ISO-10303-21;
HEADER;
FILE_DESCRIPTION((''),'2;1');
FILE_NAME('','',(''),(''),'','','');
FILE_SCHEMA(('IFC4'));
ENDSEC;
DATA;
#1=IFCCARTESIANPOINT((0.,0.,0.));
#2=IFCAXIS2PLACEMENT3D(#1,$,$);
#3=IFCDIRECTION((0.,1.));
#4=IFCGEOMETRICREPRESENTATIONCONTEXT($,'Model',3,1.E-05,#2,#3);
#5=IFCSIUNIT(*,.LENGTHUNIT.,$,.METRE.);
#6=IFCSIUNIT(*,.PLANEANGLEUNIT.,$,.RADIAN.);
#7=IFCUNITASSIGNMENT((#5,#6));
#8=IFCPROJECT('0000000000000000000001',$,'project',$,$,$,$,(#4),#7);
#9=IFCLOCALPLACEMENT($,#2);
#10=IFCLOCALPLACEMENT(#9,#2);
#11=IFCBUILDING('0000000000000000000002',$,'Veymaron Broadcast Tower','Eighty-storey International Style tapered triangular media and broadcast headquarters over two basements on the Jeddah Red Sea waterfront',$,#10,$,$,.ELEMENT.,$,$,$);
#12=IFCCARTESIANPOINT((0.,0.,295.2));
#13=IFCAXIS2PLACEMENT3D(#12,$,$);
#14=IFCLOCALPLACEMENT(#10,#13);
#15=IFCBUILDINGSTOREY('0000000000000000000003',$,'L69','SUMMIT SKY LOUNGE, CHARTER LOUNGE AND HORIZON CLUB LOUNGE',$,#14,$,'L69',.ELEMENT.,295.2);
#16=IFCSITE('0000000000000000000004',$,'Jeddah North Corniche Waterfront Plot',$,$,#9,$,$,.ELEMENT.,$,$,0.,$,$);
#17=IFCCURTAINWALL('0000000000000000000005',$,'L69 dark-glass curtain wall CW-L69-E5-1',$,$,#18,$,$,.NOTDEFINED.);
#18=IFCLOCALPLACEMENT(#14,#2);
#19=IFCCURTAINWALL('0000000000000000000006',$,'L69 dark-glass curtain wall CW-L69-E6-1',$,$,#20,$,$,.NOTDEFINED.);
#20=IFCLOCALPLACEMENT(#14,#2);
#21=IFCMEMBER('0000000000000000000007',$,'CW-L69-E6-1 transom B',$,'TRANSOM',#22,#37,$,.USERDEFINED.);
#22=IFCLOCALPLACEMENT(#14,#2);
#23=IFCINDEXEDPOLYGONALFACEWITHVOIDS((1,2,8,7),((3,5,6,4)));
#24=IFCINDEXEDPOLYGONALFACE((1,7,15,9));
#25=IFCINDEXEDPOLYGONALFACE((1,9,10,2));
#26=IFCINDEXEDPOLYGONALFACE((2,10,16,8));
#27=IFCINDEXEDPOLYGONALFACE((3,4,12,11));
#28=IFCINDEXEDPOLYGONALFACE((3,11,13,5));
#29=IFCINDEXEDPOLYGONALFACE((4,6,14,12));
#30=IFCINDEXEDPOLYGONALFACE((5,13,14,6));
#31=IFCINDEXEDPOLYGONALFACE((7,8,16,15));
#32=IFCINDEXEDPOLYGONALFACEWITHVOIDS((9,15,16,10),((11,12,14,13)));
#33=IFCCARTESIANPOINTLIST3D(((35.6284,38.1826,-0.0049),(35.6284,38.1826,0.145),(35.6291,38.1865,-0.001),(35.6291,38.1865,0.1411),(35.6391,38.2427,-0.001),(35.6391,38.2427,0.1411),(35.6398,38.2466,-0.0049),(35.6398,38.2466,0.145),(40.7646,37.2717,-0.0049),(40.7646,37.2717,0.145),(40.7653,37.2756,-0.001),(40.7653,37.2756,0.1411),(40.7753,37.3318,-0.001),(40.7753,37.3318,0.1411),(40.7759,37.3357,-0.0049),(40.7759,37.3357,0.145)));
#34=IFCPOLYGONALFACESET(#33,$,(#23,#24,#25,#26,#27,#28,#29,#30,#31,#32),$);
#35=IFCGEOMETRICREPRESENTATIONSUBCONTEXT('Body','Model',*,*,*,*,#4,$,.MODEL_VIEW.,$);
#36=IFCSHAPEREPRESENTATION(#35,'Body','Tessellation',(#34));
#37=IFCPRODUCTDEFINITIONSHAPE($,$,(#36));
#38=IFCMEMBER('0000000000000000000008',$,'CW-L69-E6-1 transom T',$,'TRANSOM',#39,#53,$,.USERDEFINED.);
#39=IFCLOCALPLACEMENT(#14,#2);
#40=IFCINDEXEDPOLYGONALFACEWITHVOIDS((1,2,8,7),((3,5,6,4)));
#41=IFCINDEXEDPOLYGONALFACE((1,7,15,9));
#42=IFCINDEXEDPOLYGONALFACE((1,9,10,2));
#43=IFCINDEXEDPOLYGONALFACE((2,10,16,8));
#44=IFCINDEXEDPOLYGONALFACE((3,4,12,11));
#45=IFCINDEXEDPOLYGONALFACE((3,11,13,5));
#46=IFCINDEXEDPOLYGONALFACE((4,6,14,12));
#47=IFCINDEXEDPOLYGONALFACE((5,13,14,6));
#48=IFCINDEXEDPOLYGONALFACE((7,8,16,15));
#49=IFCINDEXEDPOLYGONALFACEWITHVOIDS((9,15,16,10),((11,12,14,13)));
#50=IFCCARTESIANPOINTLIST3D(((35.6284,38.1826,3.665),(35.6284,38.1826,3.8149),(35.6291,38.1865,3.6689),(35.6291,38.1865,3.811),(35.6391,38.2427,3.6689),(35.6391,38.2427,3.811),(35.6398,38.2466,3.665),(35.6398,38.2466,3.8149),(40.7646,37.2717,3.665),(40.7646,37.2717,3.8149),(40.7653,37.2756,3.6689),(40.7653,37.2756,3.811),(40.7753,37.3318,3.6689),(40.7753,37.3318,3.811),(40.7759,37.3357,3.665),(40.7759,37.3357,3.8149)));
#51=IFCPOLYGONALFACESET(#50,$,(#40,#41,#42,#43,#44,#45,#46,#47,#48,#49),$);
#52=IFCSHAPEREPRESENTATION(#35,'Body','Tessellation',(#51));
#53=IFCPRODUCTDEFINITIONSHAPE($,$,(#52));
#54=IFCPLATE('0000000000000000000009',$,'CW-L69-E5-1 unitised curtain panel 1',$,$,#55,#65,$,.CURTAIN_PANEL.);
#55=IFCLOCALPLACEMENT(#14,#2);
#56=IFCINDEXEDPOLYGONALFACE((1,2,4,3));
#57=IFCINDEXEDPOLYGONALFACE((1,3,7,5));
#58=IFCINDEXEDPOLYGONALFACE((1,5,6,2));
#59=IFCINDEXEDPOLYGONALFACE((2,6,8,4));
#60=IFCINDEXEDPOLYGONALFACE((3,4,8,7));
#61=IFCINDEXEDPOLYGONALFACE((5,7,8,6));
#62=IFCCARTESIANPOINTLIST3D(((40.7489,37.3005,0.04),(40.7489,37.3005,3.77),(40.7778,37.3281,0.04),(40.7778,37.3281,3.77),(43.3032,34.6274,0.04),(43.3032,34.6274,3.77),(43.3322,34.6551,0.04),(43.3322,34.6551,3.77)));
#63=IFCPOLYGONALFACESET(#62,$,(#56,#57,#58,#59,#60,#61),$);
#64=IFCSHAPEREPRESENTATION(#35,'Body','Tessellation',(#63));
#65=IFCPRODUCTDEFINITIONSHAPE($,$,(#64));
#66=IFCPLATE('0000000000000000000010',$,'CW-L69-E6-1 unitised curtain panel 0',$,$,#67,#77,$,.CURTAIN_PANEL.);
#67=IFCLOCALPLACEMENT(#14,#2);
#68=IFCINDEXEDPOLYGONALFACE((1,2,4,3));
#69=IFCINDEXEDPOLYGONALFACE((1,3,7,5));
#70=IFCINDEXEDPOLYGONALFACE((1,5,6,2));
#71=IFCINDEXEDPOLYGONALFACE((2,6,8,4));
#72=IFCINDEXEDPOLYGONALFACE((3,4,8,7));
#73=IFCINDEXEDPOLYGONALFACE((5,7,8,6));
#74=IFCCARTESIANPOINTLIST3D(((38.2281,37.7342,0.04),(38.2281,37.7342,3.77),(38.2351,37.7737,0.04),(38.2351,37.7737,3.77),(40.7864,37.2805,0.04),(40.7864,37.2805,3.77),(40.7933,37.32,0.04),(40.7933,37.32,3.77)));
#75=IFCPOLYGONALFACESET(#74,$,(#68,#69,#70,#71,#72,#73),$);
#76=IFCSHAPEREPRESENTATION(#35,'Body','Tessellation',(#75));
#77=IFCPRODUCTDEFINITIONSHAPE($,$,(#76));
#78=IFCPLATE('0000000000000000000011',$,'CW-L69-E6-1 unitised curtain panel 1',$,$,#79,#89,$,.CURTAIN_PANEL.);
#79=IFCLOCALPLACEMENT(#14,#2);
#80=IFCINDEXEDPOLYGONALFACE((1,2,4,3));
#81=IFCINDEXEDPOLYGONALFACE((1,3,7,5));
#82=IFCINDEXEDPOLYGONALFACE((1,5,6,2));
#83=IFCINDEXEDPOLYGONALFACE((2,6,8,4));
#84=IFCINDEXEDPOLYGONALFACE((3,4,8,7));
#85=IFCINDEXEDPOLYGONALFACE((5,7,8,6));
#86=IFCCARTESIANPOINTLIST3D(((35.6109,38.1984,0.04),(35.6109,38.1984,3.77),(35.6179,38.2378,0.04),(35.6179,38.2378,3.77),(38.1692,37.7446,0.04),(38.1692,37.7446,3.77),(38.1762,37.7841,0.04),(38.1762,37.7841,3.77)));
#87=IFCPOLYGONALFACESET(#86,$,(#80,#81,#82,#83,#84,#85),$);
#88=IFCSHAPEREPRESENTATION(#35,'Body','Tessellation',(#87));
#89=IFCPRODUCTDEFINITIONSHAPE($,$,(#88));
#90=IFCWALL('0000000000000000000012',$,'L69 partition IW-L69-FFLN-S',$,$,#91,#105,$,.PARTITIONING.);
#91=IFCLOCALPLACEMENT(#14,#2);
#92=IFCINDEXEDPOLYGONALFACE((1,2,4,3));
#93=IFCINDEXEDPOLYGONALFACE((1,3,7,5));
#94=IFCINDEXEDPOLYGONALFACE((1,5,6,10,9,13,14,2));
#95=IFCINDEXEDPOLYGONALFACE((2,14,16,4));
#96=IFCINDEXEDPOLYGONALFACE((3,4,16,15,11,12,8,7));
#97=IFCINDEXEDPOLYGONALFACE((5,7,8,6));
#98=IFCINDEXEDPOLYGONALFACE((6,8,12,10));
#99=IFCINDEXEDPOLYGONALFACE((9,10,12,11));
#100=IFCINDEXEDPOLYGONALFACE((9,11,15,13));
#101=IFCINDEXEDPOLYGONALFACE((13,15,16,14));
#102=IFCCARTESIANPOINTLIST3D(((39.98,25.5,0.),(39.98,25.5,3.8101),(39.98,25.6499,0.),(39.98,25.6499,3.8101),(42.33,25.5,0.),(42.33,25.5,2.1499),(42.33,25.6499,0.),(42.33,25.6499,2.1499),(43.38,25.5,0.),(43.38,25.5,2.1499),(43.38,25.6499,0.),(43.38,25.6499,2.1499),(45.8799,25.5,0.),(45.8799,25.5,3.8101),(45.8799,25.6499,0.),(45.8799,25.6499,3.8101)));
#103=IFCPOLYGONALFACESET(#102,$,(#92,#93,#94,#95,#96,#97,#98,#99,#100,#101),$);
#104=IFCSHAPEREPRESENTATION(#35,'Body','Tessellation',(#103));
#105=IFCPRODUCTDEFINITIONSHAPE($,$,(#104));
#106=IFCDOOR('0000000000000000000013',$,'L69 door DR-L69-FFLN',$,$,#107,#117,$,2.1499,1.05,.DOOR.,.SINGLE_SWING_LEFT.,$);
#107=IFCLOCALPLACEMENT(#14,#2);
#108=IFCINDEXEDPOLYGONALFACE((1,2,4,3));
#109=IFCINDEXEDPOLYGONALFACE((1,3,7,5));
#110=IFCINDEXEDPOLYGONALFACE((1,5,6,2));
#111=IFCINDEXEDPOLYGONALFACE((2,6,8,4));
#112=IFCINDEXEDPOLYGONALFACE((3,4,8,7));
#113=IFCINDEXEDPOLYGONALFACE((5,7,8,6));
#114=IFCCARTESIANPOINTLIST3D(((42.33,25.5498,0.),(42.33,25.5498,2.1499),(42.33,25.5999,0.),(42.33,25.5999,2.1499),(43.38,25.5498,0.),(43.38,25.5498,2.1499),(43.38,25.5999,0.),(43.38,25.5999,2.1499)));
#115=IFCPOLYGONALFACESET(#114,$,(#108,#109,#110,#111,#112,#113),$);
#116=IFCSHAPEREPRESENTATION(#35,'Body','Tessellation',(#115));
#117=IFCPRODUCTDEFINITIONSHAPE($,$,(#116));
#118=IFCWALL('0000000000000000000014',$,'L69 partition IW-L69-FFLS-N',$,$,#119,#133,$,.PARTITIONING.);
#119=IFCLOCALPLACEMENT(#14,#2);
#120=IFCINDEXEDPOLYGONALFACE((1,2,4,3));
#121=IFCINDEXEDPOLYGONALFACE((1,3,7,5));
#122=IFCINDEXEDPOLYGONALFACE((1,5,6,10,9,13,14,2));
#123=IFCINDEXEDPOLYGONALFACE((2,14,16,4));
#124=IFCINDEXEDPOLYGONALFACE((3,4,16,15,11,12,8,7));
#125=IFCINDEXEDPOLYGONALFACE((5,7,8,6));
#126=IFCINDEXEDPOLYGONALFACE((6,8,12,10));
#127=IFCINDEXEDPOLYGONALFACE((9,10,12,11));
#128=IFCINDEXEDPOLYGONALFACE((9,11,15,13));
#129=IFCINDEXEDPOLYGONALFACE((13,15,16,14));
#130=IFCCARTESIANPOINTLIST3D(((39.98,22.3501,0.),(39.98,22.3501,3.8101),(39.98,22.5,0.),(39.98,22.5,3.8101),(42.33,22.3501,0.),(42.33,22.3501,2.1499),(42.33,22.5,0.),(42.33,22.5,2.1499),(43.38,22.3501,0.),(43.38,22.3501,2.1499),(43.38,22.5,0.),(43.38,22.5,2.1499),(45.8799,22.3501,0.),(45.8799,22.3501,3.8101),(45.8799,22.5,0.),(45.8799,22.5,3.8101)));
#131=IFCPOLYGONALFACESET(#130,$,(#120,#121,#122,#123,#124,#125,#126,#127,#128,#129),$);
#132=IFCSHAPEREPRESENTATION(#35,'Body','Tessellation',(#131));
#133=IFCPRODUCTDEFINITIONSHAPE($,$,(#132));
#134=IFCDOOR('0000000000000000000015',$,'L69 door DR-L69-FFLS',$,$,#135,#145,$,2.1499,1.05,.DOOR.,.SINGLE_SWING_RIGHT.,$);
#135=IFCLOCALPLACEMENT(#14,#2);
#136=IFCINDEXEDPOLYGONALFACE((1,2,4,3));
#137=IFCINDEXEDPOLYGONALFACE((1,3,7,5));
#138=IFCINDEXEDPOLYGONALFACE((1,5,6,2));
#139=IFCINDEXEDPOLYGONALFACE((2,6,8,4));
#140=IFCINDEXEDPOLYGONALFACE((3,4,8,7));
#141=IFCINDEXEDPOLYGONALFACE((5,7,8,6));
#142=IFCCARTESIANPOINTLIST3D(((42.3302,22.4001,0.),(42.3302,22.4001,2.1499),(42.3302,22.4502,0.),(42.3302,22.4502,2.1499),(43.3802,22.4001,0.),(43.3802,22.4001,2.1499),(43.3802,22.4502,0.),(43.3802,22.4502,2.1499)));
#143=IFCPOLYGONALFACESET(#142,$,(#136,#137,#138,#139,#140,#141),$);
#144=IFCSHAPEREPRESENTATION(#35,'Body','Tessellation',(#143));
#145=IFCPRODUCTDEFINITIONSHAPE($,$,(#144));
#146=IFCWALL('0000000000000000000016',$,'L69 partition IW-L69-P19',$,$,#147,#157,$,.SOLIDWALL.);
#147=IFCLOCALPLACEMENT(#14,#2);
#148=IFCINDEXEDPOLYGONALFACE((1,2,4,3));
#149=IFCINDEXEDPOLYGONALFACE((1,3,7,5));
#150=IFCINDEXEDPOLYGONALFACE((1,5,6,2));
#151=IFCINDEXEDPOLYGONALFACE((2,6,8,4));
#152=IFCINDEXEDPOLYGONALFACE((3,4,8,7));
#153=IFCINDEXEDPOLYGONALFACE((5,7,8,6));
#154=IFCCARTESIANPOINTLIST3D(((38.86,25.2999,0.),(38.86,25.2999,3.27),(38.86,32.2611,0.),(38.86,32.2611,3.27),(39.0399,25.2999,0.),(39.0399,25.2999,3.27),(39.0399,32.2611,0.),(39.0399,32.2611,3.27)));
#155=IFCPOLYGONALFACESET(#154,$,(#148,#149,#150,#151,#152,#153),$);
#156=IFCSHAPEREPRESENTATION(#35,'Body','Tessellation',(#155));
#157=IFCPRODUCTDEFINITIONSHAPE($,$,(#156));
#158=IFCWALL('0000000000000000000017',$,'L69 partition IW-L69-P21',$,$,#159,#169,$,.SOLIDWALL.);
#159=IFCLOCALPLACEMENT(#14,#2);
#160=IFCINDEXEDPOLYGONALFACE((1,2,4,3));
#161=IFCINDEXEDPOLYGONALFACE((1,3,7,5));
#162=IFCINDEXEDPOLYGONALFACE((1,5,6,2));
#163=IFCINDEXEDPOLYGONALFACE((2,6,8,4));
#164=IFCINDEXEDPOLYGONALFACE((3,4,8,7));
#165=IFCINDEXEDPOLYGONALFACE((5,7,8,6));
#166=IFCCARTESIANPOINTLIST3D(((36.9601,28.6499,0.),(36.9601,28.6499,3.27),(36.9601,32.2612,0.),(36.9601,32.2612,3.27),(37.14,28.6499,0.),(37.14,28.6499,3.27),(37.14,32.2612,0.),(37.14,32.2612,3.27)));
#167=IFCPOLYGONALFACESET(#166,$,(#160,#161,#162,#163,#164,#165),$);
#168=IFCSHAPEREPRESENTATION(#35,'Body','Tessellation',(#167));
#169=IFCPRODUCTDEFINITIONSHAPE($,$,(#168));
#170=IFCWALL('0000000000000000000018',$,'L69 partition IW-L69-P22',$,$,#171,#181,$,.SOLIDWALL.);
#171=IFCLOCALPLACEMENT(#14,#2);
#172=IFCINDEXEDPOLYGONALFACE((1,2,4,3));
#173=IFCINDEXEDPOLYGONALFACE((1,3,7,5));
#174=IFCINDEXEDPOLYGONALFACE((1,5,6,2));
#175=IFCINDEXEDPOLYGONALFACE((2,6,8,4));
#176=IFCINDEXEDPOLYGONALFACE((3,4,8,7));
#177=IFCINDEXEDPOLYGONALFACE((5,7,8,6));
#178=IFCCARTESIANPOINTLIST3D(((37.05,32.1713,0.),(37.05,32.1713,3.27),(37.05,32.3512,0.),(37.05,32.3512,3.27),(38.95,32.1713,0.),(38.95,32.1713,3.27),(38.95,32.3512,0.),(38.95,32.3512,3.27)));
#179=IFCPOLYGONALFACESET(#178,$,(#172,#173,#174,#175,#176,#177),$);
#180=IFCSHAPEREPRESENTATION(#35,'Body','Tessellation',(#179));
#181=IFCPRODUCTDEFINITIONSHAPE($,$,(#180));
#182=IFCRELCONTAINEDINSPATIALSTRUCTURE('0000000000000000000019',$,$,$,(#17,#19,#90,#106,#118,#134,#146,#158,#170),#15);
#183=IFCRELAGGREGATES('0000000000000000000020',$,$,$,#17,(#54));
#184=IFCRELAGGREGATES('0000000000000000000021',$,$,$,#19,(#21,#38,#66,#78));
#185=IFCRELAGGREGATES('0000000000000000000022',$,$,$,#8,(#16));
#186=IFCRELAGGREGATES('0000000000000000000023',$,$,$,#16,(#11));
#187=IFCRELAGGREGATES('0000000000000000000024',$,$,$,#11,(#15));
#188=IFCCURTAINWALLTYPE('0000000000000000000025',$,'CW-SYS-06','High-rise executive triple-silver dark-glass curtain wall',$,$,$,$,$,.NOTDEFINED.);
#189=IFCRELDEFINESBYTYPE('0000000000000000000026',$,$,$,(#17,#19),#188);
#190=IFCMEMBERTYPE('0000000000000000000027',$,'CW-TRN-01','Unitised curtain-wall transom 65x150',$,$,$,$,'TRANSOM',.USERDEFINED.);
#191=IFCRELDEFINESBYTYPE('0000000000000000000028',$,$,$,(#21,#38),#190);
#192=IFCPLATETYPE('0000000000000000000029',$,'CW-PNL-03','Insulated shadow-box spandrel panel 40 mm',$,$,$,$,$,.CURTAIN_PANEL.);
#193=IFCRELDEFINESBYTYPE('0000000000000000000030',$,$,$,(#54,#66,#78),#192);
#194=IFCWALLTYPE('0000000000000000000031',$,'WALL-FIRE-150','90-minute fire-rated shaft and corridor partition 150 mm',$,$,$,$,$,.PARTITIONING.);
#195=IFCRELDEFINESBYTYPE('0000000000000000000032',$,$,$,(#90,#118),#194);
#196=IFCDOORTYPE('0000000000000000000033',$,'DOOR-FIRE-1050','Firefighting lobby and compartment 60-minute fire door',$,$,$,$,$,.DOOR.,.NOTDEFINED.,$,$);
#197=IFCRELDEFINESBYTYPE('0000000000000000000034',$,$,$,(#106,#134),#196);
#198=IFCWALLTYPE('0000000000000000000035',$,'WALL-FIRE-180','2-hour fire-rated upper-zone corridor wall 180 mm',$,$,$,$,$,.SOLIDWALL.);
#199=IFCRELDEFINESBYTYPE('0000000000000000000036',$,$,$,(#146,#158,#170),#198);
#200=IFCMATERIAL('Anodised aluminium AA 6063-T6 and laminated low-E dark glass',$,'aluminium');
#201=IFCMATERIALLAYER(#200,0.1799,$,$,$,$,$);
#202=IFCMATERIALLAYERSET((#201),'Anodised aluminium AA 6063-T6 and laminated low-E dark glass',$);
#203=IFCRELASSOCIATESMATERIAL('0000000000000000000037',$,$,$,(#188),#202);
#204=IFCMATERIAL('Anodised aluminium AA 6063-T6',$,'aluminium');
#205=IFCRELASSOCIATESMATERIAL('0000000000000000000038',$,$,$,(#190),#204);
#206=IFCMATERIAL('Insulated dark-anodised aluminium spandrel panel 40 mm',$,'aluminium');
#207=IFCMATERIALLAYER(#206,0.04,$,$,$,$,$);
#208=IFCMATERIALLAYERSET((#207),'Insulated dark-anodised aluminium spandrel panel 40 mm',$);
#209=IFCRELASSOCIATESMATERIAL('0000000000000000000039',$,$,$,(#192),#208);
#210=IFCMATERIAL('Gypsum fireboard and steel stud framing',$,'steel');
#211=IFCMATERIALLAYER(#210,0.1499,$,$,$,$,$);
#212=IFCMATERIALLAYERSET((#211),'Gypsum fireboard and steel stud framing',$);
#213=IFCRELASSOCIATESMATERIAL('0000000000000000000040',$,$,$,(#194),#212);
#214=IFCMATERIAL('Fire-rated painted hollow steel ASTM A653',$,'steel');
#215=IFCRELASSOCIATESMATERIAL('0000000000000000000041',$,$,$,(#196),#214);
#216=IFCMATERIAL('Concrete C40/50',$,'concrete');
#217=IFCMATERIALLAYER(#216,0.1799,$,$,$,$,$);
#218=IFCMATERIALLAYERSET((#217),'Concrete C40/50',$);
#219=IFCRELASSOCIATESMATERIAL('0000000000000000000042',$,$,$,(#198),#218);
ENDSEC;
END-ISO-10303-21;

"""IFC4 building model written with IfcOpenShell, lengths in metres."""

from ifc_helpers import new_model, si_unit, direction, frame, frame_2d, origin, origin_2d, place, context, subcontext, project, spatial, rectangle, hollow_rectangle, extrude, material, layer, layer_set, material_profile, profile_set, type_object, element, fill, aggregate, save


model = new_model("IFC4")

# Units and contexts
model_context = context("Model", 3, precision=1e-05, world=origin(), true_north=direction((0.0, 1.0)))
body_context = subcontext(model_context, "Body", "Model", "MODEL_VIEW")
ifc_project = project(units=[si_unit("LENGTHUNIT", "METRE"), si_unit("PLANEANGLEUNIT", "RADIAN")], contexts=[model_context])

# Site, building, storey
site_placement = place(None, origin())
site = spatial("IfcSite", under=ifc_project, at=site_placement, Name="Jeddah North Corniche Waterfront Plot", CompositionType="ELEMENT", RefElevation=0.0)
building_placement = place(site_placement, origin())
building = spatial("IfcBuilding", under=site, at=building_placement, Name="Veymaron Broadcast Tower", Description="Eighty-storey International Style tapered triangular media and broadcast headquarters over two basements on the Jeddah Red Sea waterfront", CompositionType="ELEMENT")
storey_placement = place(building_placement, frame((0.0, 0.0, 295.2)))
storey = spatial("IfcBuildingStorey", under=building, at=storey_placement, Name="L69", Description="SUMMIT SKY LOUNGE, CHARTER LOUNGE AND HORIZON CLUB LOUNGE", LongName="L69", CompositionType="ELEMENT", Elevation=295.2)

# Curtain walls, members
ifc_material_1 = material(Name="Anodised aluminium AA 6063-T6 and laminated low-E dark glass", Category="aluminium")
ifc_layer_1 = layer(ifc_material_1, 0.1799)
ifc_layer_set_1 = layer_set([ifc_layer_1], Name="Anodised aluminium AA 6063-T6 and laminated low-E dark glass")
curtain_wall_type = type_object("IfcCurtainWallType", Name="CW-SYS-06", Description="High-rise executive triple-silver dark-glass curtain wall", PredefinedType="NOTDEFINED", material=ifc_layer_set_1)
curtain_wall_1_placement = place(storey_placement, origin())
curtain_wall_1 = element("IfcCurtainWall", 1, at=curtain_wall_1_placement, inside=storey, type_object=curtain_wall_type, Name="L69 dark-glass curtain wall CW-L69-E5-1", PredefinedType="NOTDEFINED")
ifc_material_2 = material(Name="Anodised aluminium AA 6063-T6", Category="aluminium")
curtain_wall_2_placement = place(storey_placement, origin())
curtain_wall_2 = element("IfcCurtainWall", 2, at=curtain_wall_2_placement, inside=storey, type_object=curtain_wall_type, Name="L69 dark-glass curtain wall CW-L69-E6-1", PredefinedType="NOTDEFINED")
ifc_material_profile_1 = material_profile(ifc_material_2, hollow_rectangle(XDim=0.0649, YDim=0.1499, WallThickness=0.0039, at=origin_2d()), Name="AL150X65X4")
ifc_profile_set_1 = profile_set([ifc_material_profile_1], Name="Anodised aluminium AA 6063-T6")
member_type_1 = type_object("IfcMemberType", Name="CW-TRN-01", Description="Unitised curtain-wall transom 65x150", ElementType="TRANSOM", PredefinedType="USERDEFINED", material=ifc_profile_set_1)
member_1_placement = place(storey_placement, frame((40.7703, 37.3037, 0.0701), z_axis=(-0.984636, 0.174621, 0.0), x_axis=(-0.174621, -0.984636, 0.0)))
member_1 = element("IfcMember", 3, at=member_1_placement, type_object=member_type_1, Name="CW-L69-E6-1 transom B", ObjectType="TRANSOM", PredefinedType="USERDEFINED", context=body_context, shape_type="SweptSolid", body=[
    extrude(hollow_rectangle(XDim=0.0649, YDim=0.1499, WallThickness=0.0039, at=origin_2d()), origin(), (0.0, 0.0, 1.0), 5.2163),
])
member_2_placement = place(storey_placement, frame((40.7703, 37.3037, 3.74), z_axis=(-0.984636, 0.174621, 0.0), x_axis=(-0.174621, -0.984636, 0.0)))
member_2 = element("IfcMember", 4, at=member_2_placement, type_object=member_type_1, Name="CW-L69-E6-1 transom T", ObjectType="TRANSOM", PredefinedType="USERDEFINED", context=body_context, shape_type="SweptSolid", body=[
    extrude(hollow_rectangle(XDim=0.0649, YDim=0.1499, WallThickness=0.0039, at=origin_2d()), origin(), (0.0, 0.0, 1.0), 5.2163),
])

# Plates
ifc_material_3 = material(Name="Insulated dark-anodised aluminium spandrel panel 40 mm", Category="aluminium")
ifc_layer_2 = layer(ifc_material_3, 0.04)
ifc_layer_set_2 = layer_set([ifc_layer_2], Name="Insulated dark-anodised aluminium spandrel panel 40 mm")
plate_type = type_object("IfcPlateType", Name="CW-PNL-03", Description="Insulated shadow-box spandrel panel 40 mm", PredefinedType="CURTAIN_PANEL", material=ifc_layer_set_2)
plate_1_placement = place(storey_placement, frame((42.0405, 35.9778, 0.04), z_axis=(0.0, 0.0, 1.0), x_axis=(-0.69087, 0.722979, 0.0)))
plate_1 = element("IfcPlate", 5, at=plate_1_placement, type_object=plate_type, Name="CW-L69-E5-1 unitised curtain panel 1", PredefinedType="CURTAIN_PANEL", context=body_context, shape_type="SweptSolid", body=[
    extrude(rectangle(XDim=3.6973, YDim=0.04, at=origin_2d()), origin(), (0.0, 0.0, 1.0), 3.73),
])
aggregate(curtain_wall_1, [plate_1])
plate_2_placement = place(storey_placement, frame((39.5107, 37.5271, 0.04), z_axis=(0.0, 0.0, 1.0), x_axis=(-0.984635, 0.174628, 0.0)))
plate_2 = element("IfcPlate", 6, at=plate_2_placement, type_object=plate_type, Name="CW-L69-E6-1 unitised curtain panel 0", PredefinedType="CURTAIN_PANEL", context=body_context, shape_type="SweptSolid", body=[
    extrude(rectangle(XDim=2.5981, YDim=0.04, at=origin_2d()), origin(), (0.0, 0.0, 1.0), 3.73),
])
plate_3_placement = place(storey_placement, frame((36.8936, 37.9912, 0.04), z_axis=(0.0, 0.0, 1.0), x_axis=(-0.984635, 0.174628, 0.0)))
plate_3 = element("IfcPlate", 7, at=plate_3_placement, type_object=plate_type, Name="CW-L69-E6-1 unitised curtain panel 1", PredefinedType="CURTAIN_PANEL", context=body_context, shape_type="SweptSolid", body=[
    extrude(rectangle(XDim=2.5981, YDim=0.04, at=origin_2d()), origin(), (0.0, 0.0, 1.0), 3.73),
])
aggregate(curtain_wall_2, [member_1, member_2, plate_2, plate_3])

# Walls, openings, doors
ifc_material_4 = material(Name="Gypsum fireboard and steel stud framing", Category="steel")
ifc_layer_3 = layer(ifc_material_4, 0.1499)
ifc_layer_set_3 = layer_set([ifc_layer_3], Name="Gypsum fireboard and steel stud framing")
wall_type_1 = type_object("IfcWallType", Name="WALL-FIRE-150", Description="90-minute fire-rated shaft and corridor partition 150 mm", PredefinedType="PARTITIONING", material=ifc_layer_set_3)
wall_1_placement = place(storey_placement, frame((39.98, 25.575, 0.0), z_axis=(0.0, 0.0, 1.0), x_axis=(1.0, 0.0, 0.0)))
wall_1 = element("IfcWall", 8, at=wall_1_placement, inside=storey, type_object=wall_type_1, Name="L69 partition IW-L69-FFLN-S", PredefinedType="PARTITIONING", context=body_context, shape_type="SweptSolid", body=[
    extrude(rectangle(XDim=5.8999, YDim=0.1499, at=frame_2d((2.95, 0.0))), origin(), (0.0, 0.0, 1.0), 3.8101),
])
opening_1_placement = place(wall_1_placement, frame((2.3501, 0.0, 0.0)))
opening_1 = element("IfcOpeningElement", 9, at=opening_1_placement, cuts=wall_1, PredefinedType="OPENING", context=body_context, shape_type="SweptSolid", body=[
    extrude(rectangle(XDim=1.05, YDim=2.1499, at=frame_2d((0.5249, 1.075))), frame((0.0, 0.085, 0.0), z_axis=(0.0, -1.0, 0.0), x_axis=(1.0, 0.0, 0.0)), (0.0, 0.0, 1.0), 0.1699),
])
ifc_material_5 = material(Name="Fire-rated painted hollow steel ASTM A653", Category="steel")
door_type_1 = type_object("IfcDoorType", Name="DOOR-FIRE-1050", Description="Firefighting lobby and compartment 60-minute fire door", OperationType="NOTDEFINED", PredefinedType="DOOR", material=ifc_material_5)
door_1_placement = place(opening_1_placement, origin())
door_1 = element("IfcDoor", 10, at=door_1_placement, inside=storey, type_object=door_type_1, Name="L69 door DR-L69-FFLN", OperationType="SINGLE_SWING_LEFT", OverallHeight=2.1499, OverallWidth=1.05, PredefinedType="DOOR", context=body_context, shape_type="SweptSolid", body=[
    extrude(rectangle(XDim=1.05, YDim=2.1499, at=frame_2d((0.5249, 1.075))), frame((0.0, 0.0249, 0.0), z_axis=(0.0, -1.0, 0.0), x_axis=(1.0, 0.0, 0.0)), (0.0, 0.0, 1.0), 0.05),
])
fill(opening_1, door_1)
wall_2_placement = place(storey_placement, frame((39.98, 22.425, 0.0), z_axis=(0.0, 0.0, 1.0), x_axis=(1.0, 0.0, 0.0)))
wall_2 = element("IfcWall", 11, at=wall_2_placement, inside=storey, type_object=wall_type_1, Name="L69 partition IW-L69-FFLS-N", PredefinedType="PARTITIONING", context=body_context, shape_type="SweptSolid", body=[
    extrude(rectangle(XDim=5.8999, YDim=0.1499, at=frame_2d((2.95, 0.0))), origin(), (0.0, 0.0, 1.0), 3.8101),
])
opening_2_placement = place(wall_2_placement, frame((2.3501, 0.0, 0.0)))
opening_2 = element("IfcOpeningElement", 12, at=opening_2_placement, cuts=wall_2, PredefinedType="OPENING", context=body_context, shape_type="SweptSolid", body=[
    extrude(rectangle(XDim=1.05, YDim=2.1499, at=frame_2d((0.5249, 1.075))), frame((0.0, 0.085, 0.0), z_axis=(0.0, -1.0, 0.0), x_axis=(1.0, 0.0, 0.0)), (0.0, 0.0, 1.0), 0.1699),
])
door_2_placement = place(opening_2_placement, frame((1.05, 0.0, 0.0), z_axis=(0.0, 0.0, 1.0), x_axis=(-1.0, 0.0, 0.0)))
door_2 = element("IfcDoor", 13, at=door_2_placement, inside=storey, type_object=door_type_1, Name="L69 door DR-L69-FFLS", OperationType="SINGLE_SWING_RIGHT", OverallHeight=2.1499, OverallWidth=1.05, PredefinedType="DOOR", context=body_context, shape_type="SweptSolid", body=[
    extrude(rectangle(XDim=1.05, YDim=2.1499, at=frame_2d((0.5249, 1.075))), frame((0.0, 0.0249, 0.0), z_axis=(0.0, -1.0, 0.0), x_axis=(1.0, 0.0, 0.0)), (0.0, 0.0, 1.0), 0.05),
])
fill(opening_2, door_2)

# Walls
ifc_material_6 = material(Name="Concrete C40/50", Category="concrete")
ifc_layer_4 = layer(ifc_material_6, 0.1799)
ifc_layer_set_4 = layer_set([ifc_layer_4], Name="Concrete C40/50")
wall_type_2 = type_object("IfcWallType", Name="WALL-FIRE-180", Description="2-hour fire-rated upper-zone corridor wall 180 mm", PredefinedType="SOLIDWALL", material=ifc_layer_set_4)
wall_3_placement = place(storey_placement, frame((38.95, 25.3, 0.0), z_axis=(0.0, 0.0, 1.0), x_axis=(0.0, 1.0, 0.0)))
element("IfcWall", 14, at=wall_3_placement, inside=storey, type_object=wall_type_2, Name="L69 partition IW-L69-P19", PredefinedType="SOLIDWALL", context=body_context, shape_type="SweptSolid", body=[
    extrude(rectangle(XDim=6.9612, YDim=0.1799, at=frame_2d((3.4805, 0.0))), origin(), (0.0, 0.0, 1.0), 3.27),
])
wall_4_placement = place(storey_placement, frame((37.05, 28.6499, 0.0), z_axis=(0.0, 0.0, 1.0), x_axis=(0.0, 1.0, 0.0)))
element("IfcWall", 15, at=wall_4_placement, inside=storey, type_object=wall_type_2, Name="L69 partition IW-L69-P21", PredefinedType="SOLIDWALL", context=body_context, shape_type="SweptSolid", body=[
    extrude(rectangle(XDim=3.6113, YDim=0.1799, at=frame_2d((1.8057, 0.0))), origin(), (0.0, 0.0, 1.0), 3.27),
])
wall_5_placement = place(storey_placement, frame((37.05, 32.2612, 0.0), z_axis=(0.0, 0.0, 1.0), x_axis=(1.0, 0.0, 0.0)))
element("IfcWall", 16, at=wall_5_placement, inside=storey, type_object=wall_type_2, Name="L69 partition IW-L69-P22", PredefinedType="SOLIDWALL", context=body_context, shape_type="SweptSolid", body=[
    extrude(rectangle(XDim=1.8999, YDim=0.1799, at=frame_2d((0.95, 0.0))), origin(), (0.0, 0.0, 1.0), 3.27),
])

save(model, "model.ifc")
